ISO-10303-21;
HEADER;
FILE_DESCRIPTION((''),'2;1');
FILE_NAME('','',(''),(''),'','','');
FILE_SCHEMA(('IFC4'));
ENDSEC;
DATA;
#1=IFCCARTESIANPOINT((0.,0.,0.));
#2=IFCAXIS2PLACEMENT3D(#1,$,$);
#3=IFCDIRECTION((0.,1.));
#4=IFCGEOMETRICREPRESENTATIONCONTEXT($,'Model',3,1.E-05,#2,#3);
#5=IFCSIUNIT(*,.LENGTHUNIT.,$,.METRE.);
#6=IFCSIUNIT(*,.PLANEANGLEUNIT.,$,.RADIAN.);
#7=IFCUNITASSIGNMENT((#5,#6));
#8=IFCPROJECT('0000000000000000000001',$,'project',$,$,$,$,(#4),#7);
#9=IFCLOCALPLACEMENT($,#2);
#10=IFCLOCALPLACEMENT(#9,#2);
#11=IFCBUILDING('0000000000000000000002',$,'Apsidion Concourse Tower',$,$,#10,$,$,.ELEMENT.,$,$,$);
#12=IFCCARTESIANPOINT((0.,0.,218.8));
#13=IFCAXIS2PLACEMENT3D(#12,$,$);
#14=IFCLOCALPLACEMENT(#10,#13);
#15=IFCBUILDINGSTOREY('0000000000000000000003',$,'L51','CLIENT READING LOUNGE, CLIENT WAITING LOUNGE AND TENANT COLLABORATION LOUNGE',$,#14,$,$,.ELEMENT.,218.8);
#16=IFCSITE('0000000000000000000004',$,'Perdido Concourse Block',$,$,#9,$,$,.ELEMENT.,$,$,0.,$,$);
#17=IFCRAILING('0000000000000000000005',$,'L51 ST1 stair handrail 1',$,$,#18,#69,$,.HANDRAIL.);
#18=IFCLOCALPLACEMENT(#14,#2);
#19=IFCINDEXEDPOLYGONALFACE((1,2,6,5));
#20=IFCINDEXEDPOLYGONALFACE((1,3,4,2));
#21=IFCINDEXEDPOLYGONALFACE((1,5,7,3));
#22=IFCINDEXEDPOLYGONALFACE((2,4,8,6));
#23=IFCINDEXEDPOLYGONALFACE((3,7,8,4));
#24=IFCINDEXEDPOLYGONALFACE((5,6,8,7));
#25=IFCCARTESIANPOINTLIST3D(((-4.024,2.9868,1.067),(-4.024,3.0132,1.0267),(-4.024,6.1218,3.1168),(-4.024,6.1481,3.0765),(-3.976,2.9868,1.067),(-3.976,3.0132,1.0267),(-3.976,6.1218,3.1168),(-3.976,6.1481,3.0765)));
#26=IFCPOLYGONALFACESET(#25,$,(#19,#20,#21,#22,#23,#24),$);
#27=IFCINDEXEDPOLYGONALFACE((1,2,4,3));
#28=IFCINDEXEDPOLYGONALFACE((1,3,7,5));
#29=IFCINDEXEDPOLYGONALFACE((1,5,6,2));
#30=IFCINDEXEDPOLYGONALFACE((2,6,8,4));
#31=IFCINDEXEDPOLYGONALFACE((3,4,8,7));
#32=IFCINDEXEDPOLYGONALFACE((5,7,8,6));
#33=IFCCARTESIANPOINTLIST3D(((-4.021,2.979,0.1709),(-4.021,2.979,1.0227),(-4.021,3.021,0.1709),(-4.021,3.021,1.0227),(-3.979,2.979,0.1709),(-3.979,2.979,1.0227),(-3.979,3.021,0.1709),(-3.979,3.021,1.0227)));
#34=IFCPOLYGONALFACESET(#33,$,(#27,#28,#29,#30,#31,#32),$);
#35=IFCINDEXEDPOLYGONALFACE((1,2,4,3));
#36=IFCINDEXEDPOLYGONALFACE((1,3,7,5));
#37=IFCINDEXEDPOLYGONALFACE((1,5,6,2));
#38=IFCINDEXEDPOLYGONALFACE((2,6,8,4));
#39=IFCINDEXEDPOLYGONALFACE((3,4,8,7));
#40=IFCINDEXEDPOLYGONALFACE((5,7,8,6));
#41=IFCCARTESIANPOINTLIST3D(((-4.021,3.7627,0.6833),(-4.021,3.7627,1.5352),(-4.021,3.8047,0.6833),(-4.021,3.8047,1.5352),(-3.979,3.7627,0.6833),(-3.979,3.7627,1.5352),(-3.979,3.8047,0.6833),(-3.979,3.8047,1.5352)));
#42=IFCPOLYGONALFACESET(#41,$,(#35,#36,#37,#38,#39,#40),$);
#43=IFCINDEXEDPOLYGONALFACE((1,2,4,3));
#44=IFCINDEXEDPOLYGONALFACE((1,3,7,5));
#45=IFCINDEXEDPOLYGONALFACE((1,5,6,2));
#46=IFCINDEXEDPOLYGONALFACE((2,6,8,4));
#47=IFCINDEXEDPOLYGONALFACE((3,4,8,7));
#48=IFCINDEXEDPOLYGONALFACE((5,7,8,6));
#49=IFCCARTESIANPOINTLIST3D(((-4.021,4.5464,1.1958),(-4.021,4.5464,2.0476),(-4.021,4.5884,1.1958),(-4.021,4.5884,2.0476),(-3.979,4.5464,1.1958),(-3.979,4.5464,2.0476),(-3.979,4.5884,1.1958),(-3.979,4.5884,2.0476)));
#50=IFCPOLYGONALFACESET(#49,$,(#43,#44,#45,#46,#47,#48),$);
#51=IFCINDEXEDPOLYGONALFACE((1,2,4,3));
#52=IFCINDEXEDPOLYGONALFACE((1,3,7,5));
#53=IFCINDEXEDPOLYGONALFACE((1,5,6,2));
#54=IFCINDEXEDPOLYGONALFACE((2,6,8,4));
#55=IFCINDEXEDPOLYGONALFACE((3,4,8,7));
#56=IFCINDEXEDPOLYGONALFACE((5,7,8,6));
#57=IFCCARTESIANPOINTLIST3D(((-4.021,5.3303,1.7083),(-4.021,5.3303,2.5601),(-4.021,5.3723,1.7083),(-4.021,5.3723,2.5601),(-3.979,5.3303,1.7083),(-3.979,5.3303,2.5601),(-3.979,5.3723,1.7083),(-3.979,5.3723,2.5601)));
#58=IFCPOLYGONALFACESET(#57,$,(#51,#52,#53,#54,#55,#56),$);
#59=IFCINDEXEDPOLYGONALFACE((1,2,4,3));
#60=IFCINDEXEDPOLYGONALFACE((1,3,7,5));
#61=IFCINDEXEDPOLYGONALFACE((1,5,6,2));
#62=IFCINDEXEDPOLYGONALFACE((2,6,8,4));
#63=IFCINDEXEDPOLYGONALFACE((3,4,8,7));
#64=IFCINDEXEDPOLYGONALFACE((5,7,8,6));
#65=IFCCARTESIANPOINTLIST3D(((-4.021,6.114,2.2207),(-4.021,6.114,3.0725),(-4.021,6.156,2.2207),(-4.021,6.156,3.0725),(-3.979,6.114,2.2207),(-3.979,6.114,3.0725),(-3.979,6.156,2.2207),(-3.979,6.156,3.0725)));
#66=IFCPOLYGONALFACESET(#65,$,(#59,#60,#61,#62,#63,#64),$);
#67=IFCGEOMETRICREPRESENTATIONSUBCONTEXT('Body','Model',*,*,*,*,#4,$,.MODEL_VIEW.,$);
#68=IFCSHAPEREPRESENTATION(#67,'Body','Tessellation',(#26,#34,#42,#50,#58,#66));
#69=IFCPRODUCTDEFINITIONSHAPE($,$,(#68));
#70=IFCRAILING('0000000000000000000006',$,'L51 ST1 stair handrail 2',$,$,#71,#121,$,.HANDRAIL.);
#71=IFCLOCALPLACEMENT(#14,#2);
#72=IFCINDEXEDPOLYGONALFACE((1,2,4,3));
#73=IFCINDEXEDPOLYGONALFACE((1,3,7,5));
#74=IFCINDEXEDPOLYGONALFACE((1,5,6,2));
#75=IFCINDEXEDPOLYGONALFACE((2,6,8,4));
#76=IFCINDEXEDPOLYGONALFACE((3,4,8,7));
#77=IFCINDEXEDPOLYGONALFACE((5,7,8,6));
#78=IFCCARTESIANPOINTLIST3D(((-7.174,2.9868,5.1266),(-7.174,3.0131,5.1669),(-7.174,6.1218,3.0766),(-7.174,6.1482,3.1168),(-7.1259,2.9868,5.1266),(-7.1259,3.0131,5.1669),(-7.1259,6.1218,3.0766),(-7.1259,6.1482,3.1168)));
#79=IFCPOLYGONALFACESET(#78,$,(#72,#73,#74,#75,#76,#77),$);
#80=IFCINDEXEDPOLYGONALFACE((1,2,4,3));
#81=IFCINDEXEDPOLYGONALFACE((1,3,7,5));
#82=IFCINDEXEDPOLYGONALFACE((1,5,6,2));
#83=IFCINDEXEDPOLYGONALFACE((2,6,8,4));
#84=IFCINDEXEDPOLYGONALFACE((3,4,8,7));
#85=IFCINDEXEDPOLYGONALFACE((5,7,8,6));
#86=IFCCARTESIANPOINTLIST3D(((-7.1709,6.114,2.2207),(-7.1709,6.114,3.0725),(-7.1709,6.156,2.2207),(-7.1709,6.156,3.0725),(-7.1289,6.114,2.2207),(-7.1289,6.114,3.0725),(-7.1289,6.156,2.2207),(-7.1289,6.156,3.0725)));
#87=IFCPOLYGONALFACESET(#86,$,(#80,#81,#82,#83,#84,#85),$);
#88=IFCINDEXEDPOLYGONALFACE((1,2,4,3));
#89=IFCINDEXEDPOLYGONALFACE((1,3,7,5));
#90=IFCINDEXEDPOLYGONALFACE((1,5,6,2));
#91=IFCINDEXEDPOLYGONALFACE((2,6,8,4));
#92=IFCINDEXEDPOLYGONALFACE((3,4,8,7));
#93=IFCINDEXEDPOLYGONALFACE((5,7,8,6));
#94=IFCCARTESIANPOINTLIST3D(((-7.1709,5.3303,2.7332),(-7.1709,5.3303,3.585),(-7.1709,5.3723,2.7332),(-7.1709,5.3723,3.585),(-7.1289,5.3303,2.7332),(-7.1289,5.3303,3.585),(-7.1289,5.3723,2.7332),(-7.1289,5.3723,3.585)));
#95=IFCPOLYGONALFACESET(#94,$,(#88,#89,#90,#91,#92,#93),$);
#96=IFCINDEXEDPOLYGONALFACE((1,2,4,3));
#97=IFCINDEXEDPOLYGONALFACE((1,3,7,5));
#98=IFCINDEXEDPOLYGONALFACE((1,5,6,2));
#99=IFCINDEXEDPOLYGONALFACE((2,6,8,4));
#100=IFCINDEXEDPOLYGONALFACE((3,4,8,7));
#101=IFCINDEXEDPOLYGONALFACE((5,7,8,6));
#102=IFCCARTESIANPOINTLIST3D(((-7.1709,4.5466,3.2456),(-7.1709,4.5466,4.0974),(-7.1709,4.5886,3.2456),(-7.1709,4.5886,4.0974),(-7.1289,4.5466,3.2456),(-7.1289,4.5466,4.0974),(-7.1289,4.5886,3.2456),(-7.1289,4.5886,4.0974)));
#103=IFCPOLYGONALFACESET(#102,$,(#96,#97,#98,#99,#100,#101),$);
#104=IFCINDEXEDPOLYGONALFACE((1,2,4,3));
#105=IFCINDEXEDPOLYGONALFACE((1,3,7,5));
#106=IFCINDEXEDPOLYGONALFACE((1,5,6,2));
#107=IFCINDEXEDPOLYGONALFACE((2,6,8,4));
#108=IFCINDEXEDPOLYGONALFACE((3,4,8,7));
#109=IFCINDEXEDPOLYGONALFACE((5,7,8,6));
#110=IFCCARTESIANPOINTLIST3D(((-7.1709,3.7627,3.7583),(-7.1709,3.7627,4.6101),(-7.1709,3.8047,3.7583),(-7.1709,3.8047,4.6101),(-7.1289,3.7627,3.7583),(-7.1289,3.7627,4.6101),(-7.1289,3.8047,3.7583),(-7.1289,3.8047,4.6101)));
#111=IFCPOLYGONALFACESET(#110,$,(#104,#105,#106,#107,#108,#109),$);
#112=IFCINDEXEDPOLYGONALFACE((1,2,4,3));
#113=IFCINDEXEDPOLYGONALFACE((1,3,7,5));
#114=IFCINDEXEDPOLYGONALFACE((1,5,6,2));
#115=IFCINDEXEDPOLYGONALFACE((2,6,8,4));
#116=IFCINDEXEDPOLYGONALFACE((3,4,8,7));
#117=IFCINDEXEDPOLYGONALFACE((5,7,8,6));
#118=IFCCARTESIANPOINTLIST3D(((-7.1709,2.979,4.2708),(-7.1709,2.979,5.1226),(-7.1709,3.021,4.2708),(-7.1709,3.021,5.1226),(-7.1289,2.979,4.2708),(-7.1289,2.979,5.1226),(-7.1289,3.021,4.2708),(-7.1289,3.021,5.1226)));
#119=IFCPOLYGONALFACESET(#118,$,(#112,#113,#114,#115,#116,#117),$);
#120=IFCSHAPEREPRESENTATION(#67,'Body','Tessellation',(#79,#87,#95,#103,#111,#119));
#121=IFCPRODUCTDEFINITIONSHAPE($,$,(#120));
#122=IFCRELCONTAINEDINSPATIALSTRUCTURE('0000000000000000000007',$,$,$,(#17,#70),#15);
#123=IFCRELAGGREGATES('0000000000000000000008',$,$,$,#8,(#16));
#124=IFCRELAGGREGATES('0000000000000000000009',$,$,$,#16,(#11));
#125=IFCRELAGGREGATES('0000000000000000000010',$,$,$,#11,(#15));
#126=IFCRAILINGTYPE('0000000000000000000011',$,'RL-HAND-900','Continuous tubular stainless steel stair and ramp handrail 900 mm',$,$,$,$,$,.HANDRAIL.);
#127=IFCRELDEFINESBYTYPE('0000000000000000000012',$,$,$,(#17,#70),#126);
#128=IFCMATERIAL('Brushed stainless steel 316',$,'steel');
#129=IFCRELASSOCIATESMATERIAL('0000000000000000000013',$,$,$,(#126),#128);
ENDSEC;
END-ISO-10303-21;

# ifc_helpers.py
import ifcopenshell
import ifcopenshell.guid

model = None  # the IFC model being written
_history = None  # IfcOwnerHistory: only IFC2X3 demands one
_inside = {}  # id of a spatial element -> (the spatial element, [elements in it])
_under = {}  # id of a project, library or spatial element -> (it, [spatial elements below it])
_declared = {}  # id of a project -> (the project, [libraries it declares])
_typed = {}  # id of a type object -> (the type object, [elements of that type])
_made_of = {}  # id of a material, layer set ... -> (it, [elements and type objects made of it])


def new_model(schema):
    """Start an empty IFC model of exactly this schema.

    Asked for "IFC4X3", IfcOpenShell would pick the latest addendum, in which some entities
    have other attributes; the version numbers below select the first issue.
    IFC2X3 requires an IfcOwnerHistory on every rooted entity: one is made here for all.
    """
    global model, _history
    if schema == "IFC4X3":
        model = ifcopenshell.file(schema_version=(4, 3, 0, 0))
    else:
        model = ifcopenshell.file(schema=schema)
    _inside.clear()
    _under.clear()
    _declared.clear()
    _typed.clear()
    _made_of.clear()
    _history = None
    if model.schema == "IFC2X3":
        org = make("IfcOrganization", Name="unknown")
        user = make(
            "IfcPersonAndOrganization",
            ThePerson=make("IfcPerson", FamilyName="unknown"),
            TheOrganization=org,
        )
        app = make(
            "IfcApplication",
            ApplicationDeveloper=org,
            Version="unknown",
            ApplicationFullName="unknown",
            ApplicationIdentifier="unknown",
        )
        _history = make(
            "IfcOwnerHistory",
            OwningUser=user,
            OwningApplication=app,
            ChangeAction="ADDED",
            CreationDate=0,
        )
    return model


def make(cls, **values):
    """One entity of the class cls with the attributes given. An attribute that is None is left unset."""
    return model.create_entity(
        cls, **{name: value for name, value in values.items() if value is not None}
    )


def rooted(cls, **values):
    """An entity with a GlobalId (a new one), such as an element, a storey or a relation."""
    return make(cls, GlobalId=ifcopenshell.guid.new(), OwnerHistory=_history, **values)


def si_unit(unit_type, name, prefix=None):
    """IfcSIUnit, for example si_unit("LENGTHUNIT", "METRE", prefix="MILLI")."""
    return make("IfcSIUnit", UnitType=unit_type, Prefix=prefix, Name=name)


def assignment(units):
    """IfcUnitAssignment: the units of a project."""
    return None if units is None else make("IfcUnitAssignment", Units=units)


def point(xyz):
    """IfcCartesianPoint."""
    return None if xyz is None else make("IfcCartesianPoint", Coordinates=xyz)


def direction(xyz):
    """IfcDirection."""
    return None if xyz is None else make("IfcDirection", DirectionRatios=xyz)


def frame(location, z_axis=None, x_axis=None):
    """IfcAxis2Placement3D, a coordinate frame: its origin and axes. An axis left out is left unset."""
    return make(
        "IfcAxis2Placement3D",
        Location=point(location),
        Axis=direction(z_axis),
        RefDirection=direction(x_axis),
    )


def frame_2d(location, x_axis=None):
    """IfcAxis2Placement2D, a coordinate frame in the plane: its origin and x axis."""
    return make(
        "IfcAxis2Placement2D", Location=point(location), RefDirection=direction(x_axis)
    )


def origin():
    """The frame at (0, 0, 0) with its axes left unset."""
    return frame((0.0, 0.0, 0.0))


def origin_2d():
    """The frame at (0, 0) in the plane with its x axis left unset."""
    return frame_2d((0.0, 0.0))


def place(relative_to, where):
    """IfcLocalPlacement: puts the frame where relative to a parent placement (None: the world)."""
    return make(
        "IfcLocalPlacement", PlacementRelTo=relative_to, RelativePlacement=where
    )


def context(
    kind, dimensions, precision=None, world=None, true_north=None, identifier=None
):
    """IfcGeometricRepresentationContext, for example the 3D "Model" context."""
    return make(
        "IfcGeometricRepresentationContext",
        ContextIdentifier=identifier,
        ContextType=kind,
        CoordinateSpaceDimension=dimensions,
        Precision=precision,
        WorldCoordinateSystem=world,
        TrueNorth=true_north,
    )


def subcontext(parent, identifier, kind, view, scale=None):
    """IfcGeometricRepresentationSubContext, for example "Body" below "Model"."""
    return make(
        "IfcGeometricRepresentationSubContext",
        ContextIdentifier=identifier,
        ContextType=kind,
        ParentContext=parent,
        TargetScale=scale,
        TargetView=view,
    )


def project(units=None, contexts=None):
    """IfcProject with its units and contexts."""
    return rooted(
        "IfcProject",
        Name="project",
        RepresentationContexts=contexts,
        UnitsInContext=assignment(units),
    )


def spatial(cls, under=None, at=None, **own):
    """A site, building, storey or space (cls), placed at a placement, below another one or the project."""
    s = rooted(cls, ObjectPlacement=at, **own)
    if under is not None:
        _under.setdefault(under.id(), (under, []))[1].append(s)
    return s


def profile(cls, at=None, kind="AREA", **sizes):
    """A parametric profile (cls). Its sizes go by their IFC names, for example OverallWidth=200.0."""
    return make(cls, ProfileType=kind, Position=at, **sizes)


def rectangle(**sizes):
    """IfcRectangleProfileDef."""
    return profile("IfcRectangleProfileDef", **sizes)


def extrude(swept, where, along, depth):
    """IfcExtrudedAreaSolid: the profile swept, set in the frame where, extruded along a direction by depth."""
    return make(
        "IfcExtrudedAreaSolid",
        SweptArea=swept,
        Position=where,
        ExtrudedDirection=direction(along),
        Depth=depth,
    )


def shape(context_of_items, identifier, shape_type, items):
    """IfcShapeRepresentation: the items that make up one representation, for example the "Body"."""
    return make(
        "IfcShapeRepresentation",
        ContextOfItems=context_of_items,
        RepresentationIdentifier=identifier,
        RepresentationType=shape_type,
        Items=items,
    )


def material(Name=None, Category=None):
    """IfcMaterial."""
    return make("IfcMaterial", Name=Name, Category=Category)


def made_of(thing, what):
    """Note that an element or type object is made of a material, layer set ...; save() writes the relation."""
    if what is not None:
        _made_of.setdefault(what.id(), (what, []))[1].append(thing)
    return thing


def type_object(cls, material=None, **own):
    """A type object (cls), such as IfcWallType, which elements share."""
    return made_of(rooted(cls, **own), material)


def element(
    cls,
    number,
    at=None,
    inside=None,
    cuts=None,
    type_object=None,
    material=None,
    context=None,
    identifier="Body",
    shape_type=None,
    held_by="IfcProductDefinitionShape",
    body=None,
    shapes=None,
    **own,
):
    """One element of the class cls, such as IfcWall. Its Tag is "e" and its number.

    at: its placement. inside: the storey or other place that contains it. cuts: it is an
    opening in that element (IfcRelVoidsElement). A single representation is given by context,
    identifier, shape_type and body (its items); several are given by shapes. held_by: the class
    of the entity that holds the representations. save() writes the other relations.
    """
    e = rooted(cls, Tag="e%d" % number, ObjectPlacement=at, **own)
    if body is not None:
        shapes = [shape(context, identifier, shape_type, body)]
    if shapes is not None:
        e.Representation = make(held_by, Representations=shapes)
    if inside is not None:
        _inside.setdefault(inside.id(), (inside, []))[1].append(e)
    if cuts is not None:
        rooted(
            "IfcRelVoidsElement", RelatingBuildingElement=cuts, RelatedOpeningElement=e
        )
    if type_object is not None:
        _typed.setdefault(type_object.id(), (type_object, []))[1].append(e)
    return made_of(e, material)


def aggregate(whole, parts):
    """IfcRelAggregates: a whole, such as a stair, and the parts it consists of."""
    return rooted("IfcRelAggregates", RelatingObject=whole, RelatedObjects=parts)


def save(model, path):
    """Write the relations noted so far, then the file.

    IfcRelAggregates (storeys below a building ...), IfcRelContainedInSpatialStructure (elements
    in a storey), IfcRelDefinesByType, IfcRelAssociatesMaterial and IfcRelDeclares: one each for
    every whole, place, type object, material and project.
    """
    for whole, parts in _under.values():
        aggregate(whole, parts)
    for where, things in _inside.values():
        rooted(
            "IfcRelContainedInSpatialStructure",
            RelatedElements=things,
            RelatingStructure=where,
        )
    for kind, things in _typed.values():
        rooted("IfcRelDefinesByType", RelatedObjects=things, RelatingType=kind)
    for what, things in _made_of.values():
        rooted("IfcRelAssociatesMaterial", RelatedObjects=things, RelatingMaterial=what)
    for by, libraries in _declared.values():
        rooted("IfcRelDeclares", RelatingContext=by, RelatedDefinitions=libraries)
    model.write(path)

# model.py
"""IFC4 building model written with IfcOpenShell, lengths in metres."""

from ifc_helpers import new_model, si_unit, direction, frame, origin, origin_2d, place, context, subcontext, project, spatial, rectangle, extrude, material, type_object, element, save


model = new_model("IFC4")

# Units and contexts
model_context = context("Model", 3, precision=1e-05, world=origin(), true_north=direction((0.0, 1.0)))
body_context = subcontext(model_context, "Body", "Model", "MODEL_VIEW")
ifc_project = project(units=[si_unit("LENGTHUNIT", "METRE"), si_unit("PLANEANGLEUNIT", "RADIAN")], contexts=[model_context])

# Site, building, storey
site_placement = place(None, origin())
site = spatial("IfcSite", under=ifc_project, at=site_placement, Name="Perdido Concourse Block", CompositionType="ELEMENT", RefElevation=0.0)
building_placement = place(site_placement, origin())
building = spatial("IfcBuilding", under=site, at=building_placement, Name="Apsidion Concourse Tower", CompositionType="ELEMENT")
storey_placement = place(building_placement, frame((0.0, 0.0, 218.8)))
storey = spatial("IfcBuildingStorey", under=building, at=storey_placement, Name="L51", Description="CLIENT READING LOUNGE, CLIENT WAITING LOUNGE AND TENANT COLLABORATION LOUNGE", CompositionType="ELEMENT", Elevation=218.8)

# Shared definitions
ifc_material_1 = material(Name="Brushed stainless steel 316", Category="steel")

# Railings
railing_type_1 = type_object("IfcRailingType", Name="RL-HAND-900", Description="Continuous tubular stainless steel stair and ramp handrail 900 mm", PredefinedType="HANDRAIL", material=ifc_material_1)
railing_1_placement = place(storey_placement, frame((-4.0, 3.0, 0.1709)))
element("IfcRailing", 1, at=railing_1_placement, inside=storey, type_object=railing_type_1, Name="L51 ST1 stair handrail 1", PredefinedType="HANDRAIL", context=body_context, shape_type="SweptSolid", body=[
    extrude(rectangle(XDim=0.0481, YDim=0.0481, at=origin_2d()), frame((0.0, 0.0, 0.876), z_axis=(0.0, 0.836971, 0.547248), x_axis=(-1.0, 0.0, 0.0)), (0.0, 0.0, 1.0), 3.7456),
    extrude(rectangle(XDim=0.042, YDim=0.042, at=origin_2d()), origin(), (0.0, 0.0, 1.0), 0.8518),
    extrude(rectangle(XDim=0.042, YDim=0.042, at=origin_2d()), frame((0.0, 0.7837, 0.5125)), (0.0, 0.0, 1.0), 0.8518),
    extrude(rectangle(XDim=0.042, YDim=0.042, at=origin_2d()), frame((0.0, 1.5674, 1.0249)), (0.0, 0.0, 1.0), 0.8518),
    extrude(rectangle(XDim=0.042, YDim=0.042, at=origin_2d()), frame((0.0, 2.3513, 1.5374)), (0.0, 0.0, 1.0), 0.8518),
    extrude(rectangle(XDim=0.042, YDim=0.042, at=origin_2d()), frame((0.0, 3.135, 2.0498)), (0.0, 0.0, 1.0), 0.8518),
])
railing_2_placement = place(storey_placement, frame((-7.1499, 6.135, 2.2207)))
element("IfcRailing", 2, at=railing_2_placement, inside=storey, type_object=railing_type_1, Name="L51 ST1 stair handrail 2", PredefinedType="HANDRAIL", context=body_context, shape_type="SweptSolid", body=[
    extrude(rectangle(XDim=0.0481, YDim=0.0481, at=origin_2d()), frame((0.0, 0.0, 0.876), z_axis=(0.0, -0.836941, 0.547293), x_axis=(1.0, 0.0, 0.0)), (0.0, 0.0, 1.0), 3.7458),
    extrude(rectangle(XDim=0.042, YDim=0.042, at=origin_2d()), origin(), (0.0, 0.0, 1.0), 0.8518),
    extrude(rectangle(XDim=0.042, YDim=0.042, at=origin_2d()), frame((0.0, -0.7837, 0.5125)), (0.0, 0.0, 1.0), 0.8518),
    extrude(rectangle(XDim=0.042, YDim=0.042, at=origin_2d()), frame((0.0, -1.5674, 1.0249)), (0.0, 0.0, 1.0), 0.8518),
    extrude(rectangle(XDim=0.042, YDim=0.042, at=origin_2d()), frame((0.0, -2.3513, 1.5376)), (0.0, 0.0, 1.0), 0.8518),
    extrude(rectangle(XDim=0.042, YDim=0.042, at=origin_2d()), frame((0.0, -3.135, 2.05)), (0.0, 0.0, 1.0), 0.8518),
])

save(model, "model.ifc")
